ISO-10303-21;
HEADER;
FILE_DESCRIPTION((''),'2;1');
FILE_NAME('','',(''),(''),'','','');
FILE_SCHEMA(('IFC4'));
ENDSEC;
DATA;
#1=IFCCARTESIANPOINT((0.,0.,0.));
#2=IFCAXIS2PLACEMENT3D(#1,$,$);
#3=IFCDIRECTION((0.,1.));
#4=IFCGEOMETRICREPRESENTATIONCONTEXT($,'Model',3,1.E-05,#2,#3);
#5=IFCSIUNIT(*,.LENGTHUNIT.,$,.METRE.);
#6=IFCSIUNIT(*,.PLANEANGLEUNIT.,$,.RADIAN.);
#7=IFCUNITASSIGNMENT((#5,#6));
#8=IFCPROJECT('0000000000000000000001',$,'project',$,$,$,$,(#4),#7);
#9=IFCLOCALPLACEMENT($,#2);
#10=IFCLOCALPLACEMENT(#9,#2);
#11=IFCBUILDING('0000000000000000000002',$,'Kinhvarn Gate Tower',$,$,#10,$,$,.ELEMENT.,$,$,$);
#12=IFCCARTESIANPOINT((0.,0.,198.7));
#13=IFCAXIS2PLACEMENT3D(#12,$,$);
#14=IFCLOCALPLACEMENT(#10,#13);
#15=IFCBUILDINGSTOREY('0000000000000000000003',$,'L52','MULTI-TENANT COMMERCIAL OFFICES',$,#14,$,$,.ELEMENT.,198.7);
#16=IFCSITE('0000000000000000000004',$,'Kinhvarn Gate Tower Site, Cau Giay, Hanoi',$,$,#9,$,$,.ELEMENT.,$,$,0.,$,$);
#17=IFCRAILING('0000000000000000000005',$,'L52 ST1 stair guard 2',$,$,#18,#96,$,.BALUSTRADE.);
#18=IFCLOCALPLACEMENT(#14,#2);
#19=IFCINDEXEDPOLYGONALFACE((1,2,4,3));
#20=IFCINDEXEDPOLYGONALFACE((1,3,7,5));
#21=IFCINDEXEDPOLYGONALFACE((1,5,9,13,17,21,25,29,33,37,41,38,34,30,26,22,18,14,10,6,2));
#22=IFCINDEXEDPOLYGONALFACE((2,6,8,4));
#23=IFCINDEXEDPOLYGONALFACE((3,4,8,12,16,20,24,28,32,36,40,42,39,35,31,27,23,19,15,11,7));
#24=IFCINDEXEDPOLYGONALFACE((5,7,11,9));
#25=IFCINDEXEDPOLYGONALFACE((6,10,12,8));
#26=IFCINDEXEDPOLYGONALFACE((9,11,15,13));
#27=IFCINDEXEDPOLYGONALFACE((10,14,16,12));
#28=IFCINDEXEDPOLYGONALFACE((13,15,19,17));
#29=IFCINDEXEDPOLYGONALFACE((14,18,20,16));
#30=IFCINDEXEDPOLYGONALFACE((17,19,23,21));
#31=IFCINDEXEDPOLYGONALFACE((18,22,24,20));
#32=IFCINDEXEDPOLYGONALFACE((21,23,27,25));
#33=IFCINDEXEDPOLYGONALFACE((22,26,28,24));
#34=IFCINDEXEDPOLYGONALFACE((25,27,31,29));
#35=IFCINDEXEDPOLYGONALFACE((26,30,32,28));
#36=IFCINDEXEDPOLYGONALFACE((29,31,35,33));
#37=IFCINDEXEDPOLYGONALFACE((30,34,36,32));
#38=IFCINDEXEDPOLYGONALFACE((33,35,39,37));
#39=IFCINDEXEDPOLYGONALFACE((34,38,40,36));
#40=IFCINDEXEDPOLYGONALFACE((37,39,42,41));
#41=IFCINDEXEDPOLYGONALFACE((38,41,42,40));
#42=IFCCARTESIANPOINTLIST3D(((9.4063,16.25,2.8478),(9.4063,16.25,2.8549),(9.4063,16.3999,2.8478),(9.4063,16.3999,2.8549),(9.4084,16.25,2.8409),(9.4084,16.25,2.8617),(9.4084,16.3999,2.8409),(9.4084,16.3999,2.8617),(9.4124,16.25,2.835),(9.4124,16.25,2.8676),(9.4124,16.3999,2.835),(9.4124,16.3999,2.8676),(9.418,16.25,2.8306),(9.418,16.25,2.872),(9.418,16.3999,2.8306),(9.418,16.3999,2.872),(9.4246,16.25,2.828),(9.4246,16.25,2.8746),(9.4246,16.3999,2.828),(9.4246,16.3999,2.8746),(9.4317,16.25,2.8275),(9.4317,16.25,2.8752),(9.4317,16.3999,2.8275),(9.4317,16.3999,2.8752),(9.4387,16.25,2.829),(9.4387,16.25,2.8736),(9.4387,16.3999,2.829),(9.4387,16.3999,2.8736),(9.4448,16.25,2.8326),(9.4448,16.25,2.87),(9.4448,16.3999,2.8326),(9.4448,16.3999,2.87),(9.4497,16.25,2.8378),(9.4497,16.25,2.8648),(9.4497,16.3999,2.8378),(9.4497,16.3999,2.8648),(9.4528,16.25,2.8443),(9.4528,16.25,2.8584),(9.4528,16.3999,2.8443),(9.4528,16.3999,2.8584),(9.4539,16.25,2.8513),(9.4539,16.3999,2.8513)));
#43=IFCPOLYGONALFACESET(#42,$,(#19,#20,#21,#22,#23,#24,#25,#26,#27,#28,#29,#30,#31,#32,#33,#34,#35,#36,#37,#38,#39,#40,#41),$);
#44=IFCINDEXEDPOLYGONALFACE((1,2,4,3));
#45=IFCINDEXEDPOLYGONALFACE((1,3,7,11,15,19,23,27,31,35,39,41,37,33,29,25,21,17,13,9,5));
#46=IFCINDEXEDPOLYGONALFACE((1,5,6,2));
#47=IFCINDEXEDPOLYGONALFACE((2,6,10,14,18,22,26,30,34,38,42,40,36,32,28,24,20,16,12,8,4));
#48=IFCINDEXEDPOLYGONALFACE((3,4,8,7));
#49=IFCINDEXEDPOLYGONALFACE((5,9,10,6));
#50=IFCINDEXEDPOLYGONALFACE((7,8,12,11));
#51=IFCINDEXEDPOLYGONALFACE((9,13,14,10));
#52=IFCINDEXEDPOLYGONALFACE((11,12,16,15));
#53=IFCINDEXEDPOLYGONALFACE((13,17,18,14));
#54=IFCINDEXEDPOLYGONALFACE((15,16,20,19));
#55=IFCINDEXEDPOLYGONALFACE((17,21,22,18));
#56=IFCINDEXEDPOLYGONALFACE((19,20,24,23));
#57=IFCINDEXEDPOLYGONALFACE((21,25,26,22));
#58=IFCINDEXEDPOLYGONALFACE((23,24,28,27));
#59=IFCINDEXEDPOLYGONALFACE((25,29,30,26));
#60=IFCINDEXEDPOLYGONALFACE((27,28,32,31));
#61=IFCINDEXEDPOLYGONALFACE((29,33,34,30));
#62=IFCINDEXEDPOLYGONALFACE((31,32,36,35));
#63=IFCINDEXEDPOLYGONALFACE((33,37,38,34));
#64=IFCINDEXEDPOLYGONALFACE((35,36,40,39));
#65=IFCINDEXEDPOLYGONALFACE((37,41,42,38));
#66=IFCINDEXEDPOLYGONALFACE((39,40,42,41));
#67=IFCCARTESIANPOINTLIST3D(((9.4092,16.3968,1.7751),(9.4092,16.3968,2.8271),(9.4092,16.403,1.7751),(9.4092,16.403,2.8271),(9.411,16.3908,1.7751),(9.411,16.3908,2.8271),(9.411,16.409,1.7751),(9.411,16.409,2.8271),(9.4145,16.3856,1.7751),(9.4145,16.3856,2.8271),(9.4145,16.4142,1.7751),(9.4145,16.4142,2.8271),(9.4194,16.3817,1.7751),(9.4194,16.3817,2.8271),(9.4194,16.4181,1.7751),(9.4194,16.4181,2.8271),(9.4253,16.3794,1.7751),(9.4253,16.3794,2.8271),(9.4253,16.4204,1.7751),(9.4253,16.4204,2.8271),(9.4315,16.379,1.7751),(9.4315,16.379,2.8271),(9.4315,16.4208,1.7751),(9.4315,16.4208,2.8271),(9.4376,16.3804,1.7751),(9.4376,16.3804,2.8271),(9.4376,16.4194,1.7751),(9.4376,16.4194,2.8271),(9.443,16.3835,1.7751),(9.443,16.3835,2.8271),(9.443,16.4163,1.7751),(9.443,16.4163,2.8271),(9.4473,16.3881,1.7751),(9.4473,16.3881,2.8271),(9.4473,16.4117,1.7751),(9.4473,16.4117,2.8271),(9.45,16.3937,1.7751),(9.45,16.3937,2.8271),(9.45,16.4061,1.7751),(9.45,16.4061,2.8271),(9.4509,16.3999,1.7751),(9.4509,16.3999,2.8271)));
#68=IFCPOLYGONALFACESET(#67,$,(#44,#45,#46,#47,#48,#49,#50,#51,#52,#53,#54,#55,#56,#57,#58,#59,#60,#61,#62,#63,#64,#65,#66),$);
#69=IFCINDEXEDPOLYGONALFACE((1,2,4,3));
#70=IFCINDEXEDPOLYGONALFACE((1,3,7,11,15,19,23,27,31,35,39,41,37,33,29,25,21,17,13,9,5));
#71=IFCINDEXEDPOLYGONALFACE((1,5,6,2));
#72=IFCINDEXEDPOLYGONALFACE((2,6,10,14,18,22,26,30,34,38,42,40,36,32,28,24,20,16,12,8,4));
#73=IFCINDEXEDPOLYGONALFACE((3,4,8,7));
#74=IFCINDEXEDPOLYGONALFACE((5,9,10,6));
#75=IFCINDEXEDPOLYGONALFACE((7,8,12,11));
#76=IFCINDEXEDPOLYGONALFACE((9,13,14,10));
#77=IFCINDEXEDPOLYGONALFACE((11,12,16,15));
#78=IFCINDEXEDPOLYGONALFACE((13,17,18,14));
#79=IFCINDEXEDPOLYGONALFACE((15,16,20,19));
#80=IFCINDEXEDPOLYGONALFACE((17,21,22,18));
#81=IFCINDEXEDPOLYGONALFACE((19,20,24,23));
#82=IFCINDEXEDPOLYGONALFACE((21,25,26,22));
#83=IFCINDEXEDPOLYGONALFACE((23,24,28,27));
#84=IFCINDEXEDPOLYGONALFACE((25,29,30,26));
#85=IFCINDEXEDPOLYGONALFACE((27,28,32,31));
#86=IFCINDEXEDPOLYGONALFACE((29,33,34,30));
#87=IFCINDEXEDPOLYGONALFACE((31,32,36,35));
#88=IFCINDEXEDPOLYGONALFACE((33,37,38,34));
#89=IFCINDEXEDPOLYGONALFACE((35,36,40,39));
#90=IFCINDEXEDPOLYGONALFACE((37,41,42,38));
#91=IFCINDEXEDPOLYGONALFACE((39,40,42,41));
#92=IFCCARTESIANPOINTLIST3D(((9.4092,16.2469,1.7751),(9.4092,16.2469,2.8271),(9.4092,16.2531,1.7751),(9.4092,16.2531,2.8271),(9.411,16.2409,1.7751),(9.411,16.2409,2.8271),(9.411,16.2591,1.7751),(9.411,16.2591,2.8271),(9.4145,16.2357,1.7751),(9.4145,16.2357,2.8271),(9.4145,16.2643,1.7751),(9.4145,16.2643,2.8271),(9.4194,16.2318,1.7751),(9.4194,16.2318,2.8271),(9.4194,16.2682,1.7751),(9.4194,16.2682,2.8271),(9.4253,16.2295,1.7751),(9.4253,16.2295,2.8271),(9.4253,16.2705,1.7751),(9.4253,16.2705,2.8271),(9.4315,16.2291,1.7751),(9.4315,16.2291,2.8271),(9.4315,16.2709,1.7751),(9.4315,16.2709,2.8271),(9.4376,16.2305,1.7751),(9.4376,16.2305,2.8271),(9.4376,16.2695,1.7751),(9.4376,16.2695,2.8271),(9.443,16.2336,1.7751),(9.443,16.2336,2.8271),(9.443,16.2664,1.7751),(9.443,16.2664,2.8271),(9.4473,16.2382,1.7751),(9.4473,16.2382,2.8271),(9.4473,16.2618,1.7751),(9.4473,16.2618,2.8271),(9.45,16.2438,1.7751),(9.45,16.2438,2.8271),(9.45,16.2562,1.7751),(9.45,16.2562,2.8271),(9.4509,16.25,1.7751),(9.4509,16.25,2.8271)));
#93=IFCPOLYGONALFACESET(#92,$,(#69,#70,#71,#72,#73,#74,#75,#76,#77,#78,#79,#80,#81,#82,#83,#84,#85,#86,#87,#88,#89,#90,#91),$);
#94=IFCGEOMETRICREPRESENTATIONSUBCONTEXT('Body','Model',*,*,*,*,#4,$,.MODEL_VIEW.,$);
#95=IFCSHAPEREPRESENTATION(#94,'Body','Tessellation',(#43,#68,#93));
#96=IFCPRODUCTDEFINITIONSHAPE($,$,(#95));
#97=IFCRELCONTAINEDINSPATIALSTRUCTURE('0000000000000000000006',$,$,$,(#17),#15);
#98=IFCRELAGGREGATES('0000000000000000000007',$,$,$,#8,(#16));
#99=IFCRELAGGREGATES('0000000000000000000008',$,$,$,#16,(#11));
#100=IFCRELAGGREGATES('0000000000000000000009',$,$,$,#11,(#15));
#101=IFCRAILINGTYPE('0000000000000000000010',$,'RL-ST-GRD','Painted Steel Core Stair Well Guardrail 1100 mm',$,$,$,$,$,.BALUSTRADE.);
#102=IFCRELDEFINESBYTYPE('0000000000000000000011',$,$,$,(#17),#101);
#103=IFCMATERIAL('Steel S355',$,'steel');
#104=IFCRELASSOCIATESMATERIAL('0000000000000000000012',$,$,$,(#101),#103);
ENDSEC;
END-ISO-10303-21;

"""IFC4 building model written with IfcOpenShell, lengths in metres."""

from ifc_helpers import new_model, si_unit, direction, frame, origin, origin_2d, place, context, subcontext, project, spatial, circle, extrude, material, type_object, element, save


model = new_model("IFC4")

# Units and contexts
model_context = context("Model", 3, precision=1e-05, world=origin(), true_north=direction((0.0, 1.0)))
body_context = subcontext(model_context, "Body", "Model", "MODEL_VIEW")
ifc_project = project(units=[si_unit("LENGTHUNIT", "METRE"), si_unit("PLANEANGLEUNIT", "RADIAN")], contexts=[model_context])

# Site, building, storey
site_placement = place(None, origin())
site = spatial("IfcSite", under=ifc_project, at=site_placement, Name="Kinhvarn Gate Tower Site, Cau Giay, Hanoi", CompositionType="ELEMENT", RefElevation=0.0)
building_placement = place(site_placement, origin())
building = spatial("IfcBuilding", under=site, at=building_placement, Name="Kinhvarn Gate Tower", CompositionType="ELEMENT")
storey_placement = place(building_placement, frame((0.0, 0.0, 198.7)))
storey = spatial("IfcBuildingStorey", under=building, at=storey_placement, Name="L52", Description="MULTI-TENANT COMMERCIAL OFFICES", CompositionType="ELEMENT", Elevation=198.7)

# Shared definitions
ifc_material_1 = material(Name="Steel S355", Category="steel")

# Railing
railing_type_1 = type_object("IfcRailingType", Name="RL-ST-GRD", Description="Painted Steel Core Stair Well Guardrail 1100 mm", PredefinedType="BALUSTRADE", material=ifc_material_1)
railing_1_placement = place(storey_placement, frame((9.4299, 16.3999, 1.7751)))
element("IfcRailing", 1, at=railing_1_placement, inside=storey, type_object=railing_type_1, Name="L52 ST1 stair guard 2", PredefinedType="BALUSTRADE", context=body_context, shape_type="SweptSolid", body=[
    extrude(circle(Radius=0.0239, at=origin_2d()), frame((0.0, 0.0, 1.0762), z_axis=(0.0, -1.0, 0.0), x_axis=(1.0, 0.0, 0.0)), (0.0, 0.0, 1.0), 0.1499),
    extrude(circle(Radius=0.021, at=origin_2d()), origin(), (0.0, 0.0, 1.0), 1.052),
    extrude(circle(Radius=0.021, at=origin_2d()), frame((0.0, -0.1499, 0.0)), (0.0, 0.0, 1.0), 1.052),
])

save(model, "model.ifc")
